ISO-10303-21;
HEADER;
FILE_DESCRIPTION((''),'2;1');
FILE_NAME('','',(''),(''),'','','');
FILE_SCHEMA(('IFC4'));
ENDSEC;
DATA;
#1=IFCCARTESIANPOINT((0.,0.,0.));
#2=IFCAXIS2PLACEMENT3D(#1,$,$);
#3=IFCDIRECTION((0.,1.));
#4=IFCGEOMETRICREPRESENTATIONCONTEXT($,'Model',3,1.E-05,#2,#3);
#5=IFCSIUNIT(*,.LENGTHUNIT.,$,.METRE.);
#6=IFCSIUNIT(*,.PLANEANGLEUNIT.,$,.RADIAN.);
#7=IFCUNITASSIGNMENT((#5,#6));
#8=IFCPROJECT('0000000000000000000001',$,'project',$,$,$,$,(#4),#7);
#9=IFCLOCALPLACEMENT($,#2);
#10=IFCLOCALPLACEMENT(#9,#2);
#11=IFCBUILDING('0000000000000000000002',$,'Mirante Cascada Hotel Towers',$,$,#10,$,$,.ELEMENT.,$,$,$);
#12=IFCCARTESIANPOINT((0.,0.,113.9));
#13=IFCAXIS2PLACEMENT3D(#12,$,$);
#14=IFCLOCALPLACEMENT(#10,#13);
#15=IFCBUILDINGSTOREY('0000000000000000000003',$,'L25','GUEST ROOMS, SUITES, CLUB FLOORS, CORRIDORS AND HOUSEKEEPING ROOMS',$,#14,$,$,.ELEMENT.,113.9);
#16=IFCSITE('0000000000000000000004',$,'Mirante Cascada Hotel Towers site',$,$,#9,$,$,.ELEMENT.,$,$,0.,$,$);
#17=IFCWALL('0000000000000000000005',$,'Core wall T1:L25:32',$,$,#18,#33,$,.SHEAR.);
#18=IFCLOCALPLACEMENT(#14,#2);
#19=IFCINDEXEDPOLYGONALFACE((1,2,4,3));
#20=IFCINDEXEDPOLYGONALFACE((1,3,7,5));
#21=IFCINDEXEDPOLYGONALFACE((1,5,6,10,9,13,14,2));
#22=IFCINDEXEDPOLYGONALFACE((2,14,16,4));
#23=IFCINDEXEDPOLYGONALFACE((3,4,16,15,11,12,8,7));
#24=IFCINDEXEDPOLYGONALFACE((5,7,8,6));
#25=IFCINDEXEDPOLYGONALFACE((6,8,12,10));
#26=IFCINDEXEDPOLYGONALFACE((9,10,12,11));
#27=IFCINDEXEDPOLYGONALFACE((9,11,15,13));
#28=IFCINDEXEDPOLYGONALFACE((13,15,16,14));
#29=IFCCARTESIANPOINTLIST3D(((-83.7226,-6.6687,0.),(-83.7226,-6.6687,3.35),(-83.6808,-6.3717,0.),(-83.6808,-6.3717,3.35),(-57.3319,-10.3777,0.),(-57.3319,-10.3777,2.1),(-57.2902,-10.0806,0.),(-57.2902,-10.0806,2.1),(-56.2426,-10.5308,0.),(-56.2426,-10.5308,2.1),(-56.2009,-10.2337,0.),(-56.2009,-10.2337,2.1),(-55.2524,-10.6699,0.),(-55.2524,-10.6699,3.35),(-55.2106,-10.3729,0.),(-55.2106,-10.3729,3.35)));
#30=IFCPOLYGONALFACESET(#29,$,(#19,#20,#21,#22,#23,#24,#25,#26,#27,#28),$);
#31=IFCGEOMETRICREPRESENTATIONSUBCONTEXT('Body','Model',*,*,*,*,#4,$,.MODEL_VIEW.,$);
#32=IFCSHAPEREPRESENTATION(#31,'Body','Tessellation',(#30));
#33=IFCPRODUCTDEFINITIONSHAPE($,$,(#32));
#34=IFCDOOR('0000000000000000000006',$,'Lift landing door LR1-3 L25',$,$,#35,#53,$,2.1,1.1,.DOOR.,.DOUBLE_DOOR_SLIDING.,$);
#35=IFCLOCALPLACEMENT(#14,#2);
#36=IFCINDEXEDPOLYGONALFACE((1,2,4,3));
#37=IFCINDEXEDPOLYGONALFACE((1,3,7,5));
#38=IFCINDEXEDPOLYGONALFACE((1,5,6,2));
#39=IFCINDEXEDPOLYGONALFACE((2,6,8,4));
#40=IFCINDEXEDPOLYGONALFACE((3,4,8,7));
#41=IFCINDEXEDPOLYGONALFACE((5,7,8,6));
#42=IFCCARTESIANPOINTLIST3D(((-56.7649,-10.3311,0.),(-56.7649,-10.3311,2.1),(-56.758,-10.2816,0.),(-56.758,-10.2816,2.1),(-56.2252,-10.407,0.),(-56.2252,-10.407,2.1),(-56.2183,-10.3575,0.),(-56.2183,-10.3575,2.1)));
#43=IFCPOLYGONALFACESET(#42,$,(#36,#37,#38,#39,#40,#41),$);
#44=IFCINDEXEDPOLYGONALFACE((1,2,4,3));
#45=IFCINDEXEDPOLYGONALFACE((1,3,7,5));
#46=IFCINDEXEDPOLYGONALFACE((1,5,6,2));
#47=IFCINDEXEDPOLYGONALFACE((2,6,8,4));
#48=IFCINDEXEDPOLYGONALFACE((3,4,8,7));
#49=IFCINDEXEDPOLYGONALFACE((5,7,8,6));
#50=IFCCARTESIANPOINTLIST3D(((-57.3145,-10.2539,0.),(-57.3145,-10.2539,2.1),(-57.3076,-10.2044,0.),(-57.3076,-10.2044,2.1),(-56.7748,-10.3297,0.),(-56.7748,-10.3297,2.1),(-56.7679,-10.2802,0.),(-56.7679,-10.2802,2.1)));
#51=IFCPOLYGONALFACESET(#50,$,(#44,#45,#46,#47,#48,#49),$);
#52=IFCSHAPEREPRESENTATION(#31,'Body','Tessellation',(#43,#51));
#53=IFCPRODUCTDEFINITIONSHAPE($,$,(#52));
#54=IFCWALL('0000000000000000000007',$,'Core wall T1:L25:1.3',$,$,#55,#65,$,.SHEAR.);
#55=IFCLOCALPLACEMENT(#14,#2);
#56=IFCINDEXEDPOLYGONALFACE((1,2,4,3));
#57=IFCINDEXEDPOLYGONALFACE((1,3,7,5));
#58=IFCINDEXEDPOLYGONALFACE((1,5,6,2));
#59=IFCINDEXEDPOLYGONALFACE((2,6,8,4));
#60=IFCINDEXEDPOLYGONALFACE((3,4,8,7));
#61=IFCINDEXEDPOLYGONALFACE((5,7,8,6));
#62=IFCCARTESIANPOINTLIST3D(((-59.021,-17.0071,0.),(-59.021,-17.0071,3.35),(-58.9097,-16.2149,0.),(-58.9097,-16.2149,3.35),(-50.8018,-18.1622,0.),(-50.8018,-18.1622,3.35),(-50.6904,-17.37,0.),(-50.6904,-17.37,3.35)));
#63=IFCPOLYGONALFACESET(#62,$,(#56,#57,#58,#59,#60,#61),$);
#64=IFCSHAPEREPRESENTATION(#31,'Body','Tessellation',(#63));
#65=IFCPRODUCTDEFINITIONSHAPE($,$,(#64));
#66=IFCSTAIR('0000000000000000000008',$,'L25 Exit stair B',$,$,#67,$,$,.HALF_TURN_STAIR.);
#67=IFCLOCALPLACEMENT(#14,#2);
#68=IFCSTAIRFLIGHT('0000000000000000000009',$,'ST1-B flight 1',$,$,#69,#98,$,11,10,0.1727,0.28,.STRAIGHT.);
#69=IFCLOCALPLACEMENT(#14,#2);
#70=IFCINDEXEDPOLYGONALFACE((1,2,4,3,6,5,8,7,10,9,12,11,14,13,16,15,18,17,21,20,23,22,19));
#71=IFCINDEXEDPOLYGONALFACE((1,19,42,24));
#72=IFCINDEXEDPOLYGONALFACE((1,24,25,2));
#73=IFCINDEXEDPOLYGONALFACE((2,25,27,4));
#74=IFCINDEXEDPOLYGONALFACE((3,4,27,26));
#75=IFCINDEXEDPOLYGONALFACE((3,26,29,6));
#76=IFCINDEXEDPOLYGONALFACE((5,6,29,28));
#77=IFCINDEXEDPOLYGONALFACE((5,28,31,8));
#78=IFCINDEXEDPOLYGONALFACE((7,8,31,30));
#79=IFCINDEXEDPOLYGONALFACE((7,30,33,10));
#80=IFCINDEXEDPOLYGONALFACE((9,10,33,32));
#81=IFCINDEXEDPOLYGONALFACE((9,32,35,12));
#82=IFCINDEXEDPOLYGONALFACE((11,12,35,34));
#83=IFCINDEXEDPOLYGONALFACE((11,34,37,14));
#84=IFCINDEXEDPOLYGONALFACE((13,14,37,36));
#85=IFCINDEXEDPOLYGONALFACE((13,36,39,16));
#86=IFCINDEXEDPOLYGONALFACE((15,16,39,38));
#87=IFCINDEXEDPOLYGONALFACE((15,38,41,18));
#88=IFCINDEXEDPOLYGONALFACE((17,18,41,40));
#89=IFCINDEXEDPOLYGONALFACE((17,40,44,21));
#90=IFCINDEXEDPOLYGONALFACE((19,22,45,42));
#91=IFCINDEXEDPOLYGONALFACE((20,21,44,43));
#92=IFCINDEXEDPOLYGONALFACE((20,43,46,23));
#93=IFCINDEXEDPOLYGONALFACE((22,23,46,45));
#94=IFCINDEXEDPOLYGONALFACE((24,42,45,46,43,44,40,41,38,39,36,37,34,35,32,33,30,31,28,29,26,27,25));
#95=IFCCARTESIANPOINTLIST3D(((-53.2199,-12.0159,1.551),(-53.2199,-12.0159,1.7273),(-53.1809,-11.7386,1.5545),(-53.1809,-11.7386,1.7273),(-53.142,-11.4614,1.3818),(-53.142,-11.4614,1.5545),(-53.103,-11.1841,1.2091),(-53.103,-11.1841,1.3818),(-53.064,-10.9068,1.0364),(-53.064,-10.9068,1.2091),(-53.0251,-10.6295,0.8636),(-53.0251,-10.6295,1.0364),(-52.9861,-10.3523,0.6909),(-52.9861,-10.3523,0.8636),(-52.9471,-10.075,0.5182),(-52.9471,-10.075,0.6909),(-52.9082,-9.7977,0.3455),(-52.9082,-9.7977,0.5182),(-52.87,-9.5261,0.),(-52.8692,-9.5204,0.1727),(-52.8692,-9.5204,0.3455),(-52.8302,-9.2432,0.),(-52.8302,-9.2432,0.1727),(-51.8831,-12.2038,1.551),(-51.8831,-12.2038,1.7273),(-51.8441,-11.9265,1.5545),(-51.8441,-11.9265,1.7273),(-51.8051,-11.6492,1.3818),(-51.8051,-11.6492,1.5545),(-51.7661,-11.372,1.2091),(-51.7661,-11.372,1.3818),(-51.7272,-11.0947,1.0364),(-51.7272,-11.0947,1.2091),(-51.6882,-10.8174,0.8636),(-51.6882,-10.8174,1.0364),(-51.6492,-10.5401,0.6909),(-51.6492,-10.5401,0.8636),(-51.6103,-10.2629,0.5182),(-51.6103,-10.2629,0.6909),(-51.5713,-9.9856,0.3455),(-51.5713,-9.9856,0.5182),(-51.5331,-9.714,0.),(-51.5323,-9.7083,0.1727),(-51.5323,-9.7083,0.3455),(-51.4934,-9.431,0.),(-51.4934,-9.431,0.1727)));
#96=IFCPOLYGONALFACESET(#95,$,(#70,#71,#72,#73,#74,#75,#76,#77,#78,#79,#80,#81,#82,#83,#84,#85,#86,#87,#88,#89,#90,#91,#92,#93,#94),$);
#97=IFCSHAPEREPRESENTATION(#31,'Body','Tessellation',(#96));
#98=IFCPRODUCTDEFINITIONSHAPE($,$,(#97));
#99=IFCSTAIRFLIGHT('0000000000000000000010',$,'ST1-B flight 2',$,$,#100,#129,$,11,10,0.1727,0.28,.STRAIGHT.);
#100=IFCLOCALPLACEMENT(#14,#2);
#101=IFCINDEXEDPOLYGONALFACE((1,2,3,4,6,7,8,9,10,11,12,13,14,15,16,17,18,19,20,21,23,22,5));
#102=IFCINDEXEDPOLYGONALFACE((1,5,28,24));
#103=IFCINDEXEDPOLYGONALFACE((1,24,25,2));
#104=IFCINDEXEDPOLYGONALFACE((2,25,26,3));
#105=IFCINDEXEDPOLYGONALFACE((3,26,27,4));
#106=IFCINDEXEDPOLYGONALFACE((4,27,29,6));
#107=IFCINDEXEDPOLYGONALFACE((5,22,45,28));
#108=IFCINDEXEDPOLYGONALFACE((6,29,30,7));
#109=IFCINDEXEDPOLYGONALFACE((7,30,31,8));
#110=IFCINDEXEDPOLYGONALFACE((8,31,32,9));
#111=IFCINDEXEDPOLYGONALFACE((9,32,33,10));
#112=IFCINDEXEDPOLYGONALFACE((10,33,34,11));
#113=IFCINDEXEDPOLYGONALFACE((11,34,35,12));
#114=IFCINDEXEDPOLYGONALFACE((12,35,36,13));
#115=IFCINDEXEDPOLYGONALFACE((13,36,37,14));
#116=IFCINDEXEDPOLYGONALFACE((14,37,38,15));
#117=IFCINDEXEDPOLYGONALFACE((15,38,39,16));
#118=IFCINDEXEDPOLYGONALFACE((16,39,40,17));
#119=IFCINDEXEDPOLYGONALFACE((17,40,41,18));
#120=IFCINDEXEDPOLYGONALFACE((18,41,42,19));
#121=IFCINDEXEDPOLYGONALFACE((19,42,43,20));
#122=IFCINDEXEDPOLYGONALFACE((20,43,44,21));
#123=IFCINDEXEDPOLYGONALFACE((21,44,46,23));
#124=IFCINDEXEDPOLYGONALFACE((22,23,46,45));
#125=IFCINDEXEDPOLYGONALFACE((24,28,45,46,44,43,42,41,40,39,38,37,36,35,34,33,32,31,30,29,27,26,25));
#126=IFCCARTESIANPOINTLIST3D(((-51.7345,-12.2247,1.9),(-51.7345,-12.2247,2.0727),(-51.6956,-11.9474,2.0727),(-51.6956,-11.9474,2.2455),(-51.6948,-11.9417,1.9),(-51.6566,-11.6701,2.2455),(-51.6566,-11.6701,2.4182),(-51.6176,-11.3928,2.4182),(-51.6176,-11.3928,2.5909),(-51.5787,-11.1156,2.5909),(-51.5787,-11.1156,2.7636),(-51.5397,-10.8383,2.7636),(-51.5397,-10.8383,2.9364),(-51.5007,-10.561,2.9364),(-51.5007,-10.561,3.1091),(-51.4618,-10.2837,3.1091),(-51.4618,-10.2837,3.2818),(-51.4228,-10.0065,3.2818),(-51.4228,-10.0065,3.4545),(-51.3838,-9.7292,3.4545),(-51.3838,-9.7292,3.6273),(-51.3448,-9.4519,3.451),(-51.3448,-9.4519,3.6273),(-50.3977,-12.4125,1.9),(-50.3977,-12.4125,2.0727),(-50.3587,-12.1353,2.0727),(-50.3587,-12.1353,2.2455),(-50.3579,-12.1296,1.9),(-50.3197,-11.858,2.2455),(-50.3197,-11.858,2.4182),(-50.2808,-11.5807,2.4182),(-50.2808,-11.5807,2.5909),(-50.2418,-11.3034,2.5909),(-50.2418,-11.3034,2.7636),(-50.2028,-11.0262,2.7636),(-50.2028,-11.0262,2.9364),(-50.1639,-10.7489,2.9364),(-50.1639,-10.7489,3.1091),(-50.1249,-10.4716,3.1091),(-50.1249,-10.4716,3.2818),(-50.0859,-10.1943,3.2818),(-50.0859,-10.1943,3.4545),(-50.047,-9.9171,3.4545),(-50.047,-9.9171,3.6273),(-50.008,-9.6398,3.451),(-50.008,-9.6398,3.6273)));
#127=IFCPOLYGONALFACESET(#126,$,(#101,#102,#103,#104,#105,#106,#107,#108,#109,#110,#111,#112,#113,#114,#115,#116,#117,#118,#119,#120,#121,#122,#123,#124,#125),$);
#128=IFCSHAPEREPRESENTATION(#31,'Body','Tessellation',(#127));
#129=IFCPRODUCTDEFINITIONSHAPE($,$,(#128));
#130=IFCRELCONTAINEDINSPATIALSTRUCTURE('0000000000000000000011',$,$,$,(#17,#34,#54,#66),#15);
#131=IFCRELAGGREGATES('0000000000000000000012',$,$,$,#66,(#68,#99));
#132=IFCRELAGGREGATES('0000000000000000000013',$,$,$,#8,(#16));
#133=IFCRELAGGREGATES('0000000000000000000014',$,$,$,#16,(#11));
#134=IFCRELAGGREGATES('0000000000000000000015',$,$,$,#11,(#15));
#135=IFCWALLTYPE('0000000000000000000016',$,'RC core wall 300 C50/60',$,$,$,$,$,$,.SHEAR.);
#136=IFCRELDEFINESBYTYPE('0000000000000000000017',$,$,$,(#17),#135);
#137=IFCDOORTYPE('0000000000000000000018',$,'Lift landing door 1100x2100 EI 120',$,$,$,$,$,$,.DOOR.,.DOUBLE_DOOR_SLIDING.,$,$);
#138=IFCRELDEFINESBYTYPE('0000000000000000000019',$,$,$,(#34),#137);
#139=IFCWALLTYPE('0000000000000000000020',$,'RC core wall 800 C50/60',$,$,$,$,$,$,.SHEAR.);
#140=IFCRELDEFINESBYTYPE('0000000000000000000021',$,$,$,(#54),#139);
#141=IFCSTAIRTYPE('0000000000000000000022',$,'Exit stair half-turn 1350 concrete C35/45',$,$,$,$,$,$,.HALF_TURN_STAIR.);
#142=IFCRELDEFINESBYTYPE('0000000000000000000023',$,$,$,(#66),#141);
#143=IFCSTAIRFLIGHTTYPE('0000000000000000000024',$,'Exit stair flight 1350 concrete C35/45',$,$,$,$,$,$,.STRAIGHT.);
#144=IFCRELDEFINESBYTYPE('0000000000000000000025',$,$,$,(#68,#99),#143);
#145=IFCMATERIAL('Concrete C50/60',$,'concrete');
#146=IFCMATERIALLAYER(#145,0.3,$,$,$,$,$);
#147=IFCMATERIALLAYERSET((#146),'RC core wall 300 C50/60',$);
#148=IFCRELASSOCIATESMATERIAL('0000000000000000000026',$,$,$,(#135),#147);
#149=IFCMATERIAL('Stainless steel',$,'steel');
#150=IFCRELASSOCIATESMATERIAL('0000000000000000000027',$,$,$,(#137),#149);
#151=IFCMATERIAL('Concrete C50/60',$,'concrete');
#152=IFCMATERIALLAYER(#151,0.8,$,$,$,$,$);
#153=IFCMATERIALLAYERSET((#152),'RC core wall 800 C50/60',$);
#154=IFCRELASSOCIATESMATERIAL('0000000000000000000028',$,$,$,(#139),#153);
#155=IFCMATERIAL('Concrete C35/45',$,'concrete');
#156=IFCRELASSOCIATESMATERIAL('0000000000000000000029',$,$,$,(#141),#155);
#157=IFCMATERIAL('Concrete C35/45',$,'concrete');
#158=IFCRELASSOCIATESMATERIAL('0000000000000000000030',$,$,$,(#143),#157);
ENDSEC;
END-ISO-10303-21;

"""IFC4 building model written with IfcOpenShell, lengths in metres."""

from ifc_helpers import new_model, si_unit, direction, frame, frame_2d, origin, place, context, subcontext, project, spatial, polyline, rectangle, outline, extrude, material, layer, layer_set, type_object, element, fill, aggregate, save


model = new_model("IFC4")

# Units and contexts
model_context = context("Model", 3, precision=1e-05, world=origin(), true_north=direction((0.0, 1.0)))
body_context = subcontext(model_context, "Body", "Model", "MODEL_VIEW")
ifc_project = project(units=[si_unit("LENGTHUNIT", "METRE"), si_unit("PLANEANGLEUNIT", "RADIAN")], contexts=[model_context])

# Site, building, storey
site_placement = place(None, origin())
site = spatial("IfcSite", under=ifc_project, at=site_placement, Name="Mirante Cascada Hotel Towers site", CompositionType="ELEMENT", RefElevation=0.0)
building_placement = place(site_placement, origin())
building = spatial("IfcBuilding", under=site, at=building_placement, Name="Mirante Cascada Hotel Towers", CompositionType="ELEMENT")
storey_placement = place(building_placement, frame((0.0, 0.0, 113.9)))
storey = spatial("IfcBuildingStorey", under=building, at=storey_placement, Name="L25", Description="GUEST ROOMS, SUITES, CLUB FLOORS, CORRIDORS AND HOUSEKEEPING ROOMS", CompositionType="ELEMENT", Elevation=113.9)

# Shared definitions
ifc_material_1 = material(Name="Concrete C50/60", Category="concrete")
ifc_layer_1 = layer(ifc_material_1, 0.3)
ifc_layer_set_1 = layer_set([ifc_layer_1], Name="RC core wall 300 C50/60")
wall_type_1 = type_object("IfcWallType", Name="RC core wall 300 C50/60", PredefinedType="SHEAR", material=ifc_layer_set_1)

# Shared definitions
ifc_material_2 = material(Name="Stainless steel", Category="steel")
door_type_1 = type_object("IfcDoorType", Name="Lift landing door 1100x2100 EI 120", OperationType="DOUBLE_DOOR_SLIDING", PredefinedType="DOOR", material=ifc_material_2)

# Wall, opening, door
wall_1_placement = place(storey_placement, frame((-55.2315, -10.5214, 0.0), z_axis=(0.0, 0.0, 1.0), x_axis=(-0.990268, 0.139172, 0.0)))
wall_1 = element("IfcWall", 1, at=wall_1_placement, inside=storey, type_object=wall_type_1, Name="Core wall T1:L25:32", PredefinedType="SHEAR", context=body_context, shape_type="SweptSolid", body=[
    extrude(rectangle(XDim=28.75, YDim=0.3, at=frame_2d((14.375, 0.0))), origin(), (0.0, 0.0, 1.0), 3.35),
])
opening_1_placement = place(wall_1_placement, frame((1.0, 0.0, 0.0)))
opening_1 = element("IfcOpeningElement", 2, at=opening_1_placement, cuts=wall_1, PredefinedType="OPENING", context=body_context, shape_type="SweptSolid", body=[
    extrude(rectangle(XDim=1.1, YDim=2.1, at=frame_2d((0.55, 1.05))), frame((0.0, 0.15, 0.0), z_axis=(0.0, -1.0, 0.0), x_axis=(1.0, 0.0, 0.0)), (0.0, 0.0, 1.0), 0.3),
])
door_1_placement = place(opening_1_placement, origin())
door_1 = element("IfcDoor", 3, at=door_1_placement, inside=storey, type_object=door_type_1, Name="Lift landing door LR1-3 L25", OperationType="DOUBLE_DOOR_SLIDING", OverallHeight=2.1, OverallWidth=1.1, PredefinedType="DOOR", context=body_context, shape_type="SweptSolid", body=[
    extrude(rectangle(XDim=0.545, YDim=2.1, at=frame_2d((0.2725, 1.05))), frame((0.0, 0.025, 0.0), z_axis=(0.0, -1.0, 0.0), x_axis=(1.0, 0.0, 0.0)), (0.0, 0.0, 1.0), 0.05),
    extrude(rectangle(XDim=0.545, YDim=2.1, at=frame_2d((0.8275, 1.05))), frame((0.0, 0.025, 0.0), z_axis=(0.0, -1.0, 0.0), x_axis=(1.0, 0.0, 0.0)), (0.0, 0.0, 1.0), 0.05),
])
fill(opening_1, door_1)

# Wall
ifc_material_3 = material(Name="Concrete C50/60", Category="concrete")
ifc_layer_2 = layer(ifc_material_3, 0.8)
ifc_layer_set_2 = layer_set([ifc_layer_2], Name="RC core wall 800 C50/60")
wall_type_2 = type_object("IfcWallType", Name="RC core wall 800 C50/60", PredefinedType="SHEAR", material=ifc_layer_set_2)
wall_2_placement = place(storey_placement, frame((-50.7461, -17.7661, 0.0), z_axis=(0.0, 0.0, 1.0), x_axis=(-0.990269, 0.139169, 0.0)))
element("IfcWall", 4, at=wall_2_placement, inside=storey, type_object=wall_type_2, Name="Core wall T1:L25:1.3", PredefinedType="SHEAR", context=body_context, shape_type="SweptSolid", body=[
    extrude(rectangle(XDim=8.3, YDim=0.8, at=frame_2d((4.15, 0.0))), origin(), (0.0, 0.0, 1.0), 3.35),
])

# Stair, stair flights
ifc_material_4 = material(Name="Concrete C35/45", Category="concrete")
stair_type = type_object("IfcStairType", Name="Exit stair half-turn 1350 concrete C35/45", PredefinedType="HALF_TURN_STAIR", material=ifc_material_4)
stair_placement = place(storey_placement, origin())
stair = element("IfcStair", 5, at=stair_placement, inside=storey, type_object=stair_type, Name="L25 Exit stair B", PredefinedType="HALF_TURN_STAIR")
ifc_material_5 = material(Name="Concrete C35/45", Category="concrete")
stair_flight_type = type_object("IfcStairFlightType", Name="Exit stair flight 1350 concrete C35/45", PredefinedType="STRAIGHT", material=ifc_material_5)
stair_flight_1_placement = place(storey_placement, frame((-52.1618, -9.3371, 0.0), z_axis=(0.0, 0.0, 1.0), x_axis=(-0.139173, -0.990268, 0.0)))
stair_flight_1 = element("IfcStairFlight", 6, at=stair_flight_1_placement, type_object=stair_flight_type, Name="ST1-B flight 1", NumberOfRisers=11, NumberOfTreads=10, PredefinedType="STRAIGHT", RiserHeight=0.1727, TreadLength=0.28, context=body_context, shape_type="SweptSolid", body=[
    extrude(outline(polyline([(0.0, 0.0), (0.0, 0.1727), (0.28, 0.1727), (0.28, 0.3455), (0.56, 0.3455), (0.56, 0.5182), (0.84, 0.5182), (0.84, 0.6909), (1.12, 0.6909), (1.12, 0.8636), (1.4, 0.8636), (1.4, 1.0364), (1.68, 1.0364), (1.68, 1.2091), (1.96, 1.2091), (1.96, 1.3818), (2.24, 1.3818), (2.24, 1.5545), (2.52, 1.5545), (2.52, 1.7273), (2.8, 1.7273), (2.8, 1.9), (2.8, 1.551), (0.2857, 0.0), (0.0, 0.0)])), frame((0.0, 0.675, 0.0), z_axis=(0.0, -1.0, 0.0), x_axis=(1.0, 0.0, 0.0)), (0.0, 0.0, 1.0), 1.35),
])
stair_flight_2_placement = place(storey_placement, frame((-51.0661, -12.3186, 1.9), z_axis=(0.0, 0.0, 1.0), x_axis=(0.139173, 0.990268, 0.0)))
stair_flight_2 = element("IfcStairFlight", 7, at=stair_flight_2_placement, type_object=stair_flight_type, Name="ST1-B flight 2", NumberOfRisers=11, NumberOfTreads=10, PredefinedType="STRAIGHT", RiserHeight=0.1727, TreadLength=0.28, context=body_context, shape_type="SweptSolid", body=[
    extrude(outline(polyline([(0.0, 0.0), (0.0, 0.1727), (0.28, 0.1727), (0.28, 0.3455), (0.56, 0.3455), (0.56, 0.5182), (0.84, 0.5182), (0.84, 0.6909), (1.12, 0.6909), (1.12, 0.8636), (1.4, 0.8636), (1.4, 1.0364), (1.68, 1.0364), (1.68, 1.2091), (1.96, 1.2091), (1.96, 1.3818), (2.24, 1.3818), (2.24, 1.5545), (2.52, 1.5545), (2.52, 1.7273), (2.8, 1.7273), (2.8, 1.9), (2.8, 1.551), (0.2857, 0.0), (0.0, 0.0)])), frame((0.0, 0.675, 0.0), z_axis=(0.0, -1.0, 0.0), x_axis=(1.0, 0.0, 0.0)), (0.0, 0.0, 1.0), 1.35),
])
aggregate(stair, [stair_flight_1, stair_flight_2])

save(model, "model.ifc")
